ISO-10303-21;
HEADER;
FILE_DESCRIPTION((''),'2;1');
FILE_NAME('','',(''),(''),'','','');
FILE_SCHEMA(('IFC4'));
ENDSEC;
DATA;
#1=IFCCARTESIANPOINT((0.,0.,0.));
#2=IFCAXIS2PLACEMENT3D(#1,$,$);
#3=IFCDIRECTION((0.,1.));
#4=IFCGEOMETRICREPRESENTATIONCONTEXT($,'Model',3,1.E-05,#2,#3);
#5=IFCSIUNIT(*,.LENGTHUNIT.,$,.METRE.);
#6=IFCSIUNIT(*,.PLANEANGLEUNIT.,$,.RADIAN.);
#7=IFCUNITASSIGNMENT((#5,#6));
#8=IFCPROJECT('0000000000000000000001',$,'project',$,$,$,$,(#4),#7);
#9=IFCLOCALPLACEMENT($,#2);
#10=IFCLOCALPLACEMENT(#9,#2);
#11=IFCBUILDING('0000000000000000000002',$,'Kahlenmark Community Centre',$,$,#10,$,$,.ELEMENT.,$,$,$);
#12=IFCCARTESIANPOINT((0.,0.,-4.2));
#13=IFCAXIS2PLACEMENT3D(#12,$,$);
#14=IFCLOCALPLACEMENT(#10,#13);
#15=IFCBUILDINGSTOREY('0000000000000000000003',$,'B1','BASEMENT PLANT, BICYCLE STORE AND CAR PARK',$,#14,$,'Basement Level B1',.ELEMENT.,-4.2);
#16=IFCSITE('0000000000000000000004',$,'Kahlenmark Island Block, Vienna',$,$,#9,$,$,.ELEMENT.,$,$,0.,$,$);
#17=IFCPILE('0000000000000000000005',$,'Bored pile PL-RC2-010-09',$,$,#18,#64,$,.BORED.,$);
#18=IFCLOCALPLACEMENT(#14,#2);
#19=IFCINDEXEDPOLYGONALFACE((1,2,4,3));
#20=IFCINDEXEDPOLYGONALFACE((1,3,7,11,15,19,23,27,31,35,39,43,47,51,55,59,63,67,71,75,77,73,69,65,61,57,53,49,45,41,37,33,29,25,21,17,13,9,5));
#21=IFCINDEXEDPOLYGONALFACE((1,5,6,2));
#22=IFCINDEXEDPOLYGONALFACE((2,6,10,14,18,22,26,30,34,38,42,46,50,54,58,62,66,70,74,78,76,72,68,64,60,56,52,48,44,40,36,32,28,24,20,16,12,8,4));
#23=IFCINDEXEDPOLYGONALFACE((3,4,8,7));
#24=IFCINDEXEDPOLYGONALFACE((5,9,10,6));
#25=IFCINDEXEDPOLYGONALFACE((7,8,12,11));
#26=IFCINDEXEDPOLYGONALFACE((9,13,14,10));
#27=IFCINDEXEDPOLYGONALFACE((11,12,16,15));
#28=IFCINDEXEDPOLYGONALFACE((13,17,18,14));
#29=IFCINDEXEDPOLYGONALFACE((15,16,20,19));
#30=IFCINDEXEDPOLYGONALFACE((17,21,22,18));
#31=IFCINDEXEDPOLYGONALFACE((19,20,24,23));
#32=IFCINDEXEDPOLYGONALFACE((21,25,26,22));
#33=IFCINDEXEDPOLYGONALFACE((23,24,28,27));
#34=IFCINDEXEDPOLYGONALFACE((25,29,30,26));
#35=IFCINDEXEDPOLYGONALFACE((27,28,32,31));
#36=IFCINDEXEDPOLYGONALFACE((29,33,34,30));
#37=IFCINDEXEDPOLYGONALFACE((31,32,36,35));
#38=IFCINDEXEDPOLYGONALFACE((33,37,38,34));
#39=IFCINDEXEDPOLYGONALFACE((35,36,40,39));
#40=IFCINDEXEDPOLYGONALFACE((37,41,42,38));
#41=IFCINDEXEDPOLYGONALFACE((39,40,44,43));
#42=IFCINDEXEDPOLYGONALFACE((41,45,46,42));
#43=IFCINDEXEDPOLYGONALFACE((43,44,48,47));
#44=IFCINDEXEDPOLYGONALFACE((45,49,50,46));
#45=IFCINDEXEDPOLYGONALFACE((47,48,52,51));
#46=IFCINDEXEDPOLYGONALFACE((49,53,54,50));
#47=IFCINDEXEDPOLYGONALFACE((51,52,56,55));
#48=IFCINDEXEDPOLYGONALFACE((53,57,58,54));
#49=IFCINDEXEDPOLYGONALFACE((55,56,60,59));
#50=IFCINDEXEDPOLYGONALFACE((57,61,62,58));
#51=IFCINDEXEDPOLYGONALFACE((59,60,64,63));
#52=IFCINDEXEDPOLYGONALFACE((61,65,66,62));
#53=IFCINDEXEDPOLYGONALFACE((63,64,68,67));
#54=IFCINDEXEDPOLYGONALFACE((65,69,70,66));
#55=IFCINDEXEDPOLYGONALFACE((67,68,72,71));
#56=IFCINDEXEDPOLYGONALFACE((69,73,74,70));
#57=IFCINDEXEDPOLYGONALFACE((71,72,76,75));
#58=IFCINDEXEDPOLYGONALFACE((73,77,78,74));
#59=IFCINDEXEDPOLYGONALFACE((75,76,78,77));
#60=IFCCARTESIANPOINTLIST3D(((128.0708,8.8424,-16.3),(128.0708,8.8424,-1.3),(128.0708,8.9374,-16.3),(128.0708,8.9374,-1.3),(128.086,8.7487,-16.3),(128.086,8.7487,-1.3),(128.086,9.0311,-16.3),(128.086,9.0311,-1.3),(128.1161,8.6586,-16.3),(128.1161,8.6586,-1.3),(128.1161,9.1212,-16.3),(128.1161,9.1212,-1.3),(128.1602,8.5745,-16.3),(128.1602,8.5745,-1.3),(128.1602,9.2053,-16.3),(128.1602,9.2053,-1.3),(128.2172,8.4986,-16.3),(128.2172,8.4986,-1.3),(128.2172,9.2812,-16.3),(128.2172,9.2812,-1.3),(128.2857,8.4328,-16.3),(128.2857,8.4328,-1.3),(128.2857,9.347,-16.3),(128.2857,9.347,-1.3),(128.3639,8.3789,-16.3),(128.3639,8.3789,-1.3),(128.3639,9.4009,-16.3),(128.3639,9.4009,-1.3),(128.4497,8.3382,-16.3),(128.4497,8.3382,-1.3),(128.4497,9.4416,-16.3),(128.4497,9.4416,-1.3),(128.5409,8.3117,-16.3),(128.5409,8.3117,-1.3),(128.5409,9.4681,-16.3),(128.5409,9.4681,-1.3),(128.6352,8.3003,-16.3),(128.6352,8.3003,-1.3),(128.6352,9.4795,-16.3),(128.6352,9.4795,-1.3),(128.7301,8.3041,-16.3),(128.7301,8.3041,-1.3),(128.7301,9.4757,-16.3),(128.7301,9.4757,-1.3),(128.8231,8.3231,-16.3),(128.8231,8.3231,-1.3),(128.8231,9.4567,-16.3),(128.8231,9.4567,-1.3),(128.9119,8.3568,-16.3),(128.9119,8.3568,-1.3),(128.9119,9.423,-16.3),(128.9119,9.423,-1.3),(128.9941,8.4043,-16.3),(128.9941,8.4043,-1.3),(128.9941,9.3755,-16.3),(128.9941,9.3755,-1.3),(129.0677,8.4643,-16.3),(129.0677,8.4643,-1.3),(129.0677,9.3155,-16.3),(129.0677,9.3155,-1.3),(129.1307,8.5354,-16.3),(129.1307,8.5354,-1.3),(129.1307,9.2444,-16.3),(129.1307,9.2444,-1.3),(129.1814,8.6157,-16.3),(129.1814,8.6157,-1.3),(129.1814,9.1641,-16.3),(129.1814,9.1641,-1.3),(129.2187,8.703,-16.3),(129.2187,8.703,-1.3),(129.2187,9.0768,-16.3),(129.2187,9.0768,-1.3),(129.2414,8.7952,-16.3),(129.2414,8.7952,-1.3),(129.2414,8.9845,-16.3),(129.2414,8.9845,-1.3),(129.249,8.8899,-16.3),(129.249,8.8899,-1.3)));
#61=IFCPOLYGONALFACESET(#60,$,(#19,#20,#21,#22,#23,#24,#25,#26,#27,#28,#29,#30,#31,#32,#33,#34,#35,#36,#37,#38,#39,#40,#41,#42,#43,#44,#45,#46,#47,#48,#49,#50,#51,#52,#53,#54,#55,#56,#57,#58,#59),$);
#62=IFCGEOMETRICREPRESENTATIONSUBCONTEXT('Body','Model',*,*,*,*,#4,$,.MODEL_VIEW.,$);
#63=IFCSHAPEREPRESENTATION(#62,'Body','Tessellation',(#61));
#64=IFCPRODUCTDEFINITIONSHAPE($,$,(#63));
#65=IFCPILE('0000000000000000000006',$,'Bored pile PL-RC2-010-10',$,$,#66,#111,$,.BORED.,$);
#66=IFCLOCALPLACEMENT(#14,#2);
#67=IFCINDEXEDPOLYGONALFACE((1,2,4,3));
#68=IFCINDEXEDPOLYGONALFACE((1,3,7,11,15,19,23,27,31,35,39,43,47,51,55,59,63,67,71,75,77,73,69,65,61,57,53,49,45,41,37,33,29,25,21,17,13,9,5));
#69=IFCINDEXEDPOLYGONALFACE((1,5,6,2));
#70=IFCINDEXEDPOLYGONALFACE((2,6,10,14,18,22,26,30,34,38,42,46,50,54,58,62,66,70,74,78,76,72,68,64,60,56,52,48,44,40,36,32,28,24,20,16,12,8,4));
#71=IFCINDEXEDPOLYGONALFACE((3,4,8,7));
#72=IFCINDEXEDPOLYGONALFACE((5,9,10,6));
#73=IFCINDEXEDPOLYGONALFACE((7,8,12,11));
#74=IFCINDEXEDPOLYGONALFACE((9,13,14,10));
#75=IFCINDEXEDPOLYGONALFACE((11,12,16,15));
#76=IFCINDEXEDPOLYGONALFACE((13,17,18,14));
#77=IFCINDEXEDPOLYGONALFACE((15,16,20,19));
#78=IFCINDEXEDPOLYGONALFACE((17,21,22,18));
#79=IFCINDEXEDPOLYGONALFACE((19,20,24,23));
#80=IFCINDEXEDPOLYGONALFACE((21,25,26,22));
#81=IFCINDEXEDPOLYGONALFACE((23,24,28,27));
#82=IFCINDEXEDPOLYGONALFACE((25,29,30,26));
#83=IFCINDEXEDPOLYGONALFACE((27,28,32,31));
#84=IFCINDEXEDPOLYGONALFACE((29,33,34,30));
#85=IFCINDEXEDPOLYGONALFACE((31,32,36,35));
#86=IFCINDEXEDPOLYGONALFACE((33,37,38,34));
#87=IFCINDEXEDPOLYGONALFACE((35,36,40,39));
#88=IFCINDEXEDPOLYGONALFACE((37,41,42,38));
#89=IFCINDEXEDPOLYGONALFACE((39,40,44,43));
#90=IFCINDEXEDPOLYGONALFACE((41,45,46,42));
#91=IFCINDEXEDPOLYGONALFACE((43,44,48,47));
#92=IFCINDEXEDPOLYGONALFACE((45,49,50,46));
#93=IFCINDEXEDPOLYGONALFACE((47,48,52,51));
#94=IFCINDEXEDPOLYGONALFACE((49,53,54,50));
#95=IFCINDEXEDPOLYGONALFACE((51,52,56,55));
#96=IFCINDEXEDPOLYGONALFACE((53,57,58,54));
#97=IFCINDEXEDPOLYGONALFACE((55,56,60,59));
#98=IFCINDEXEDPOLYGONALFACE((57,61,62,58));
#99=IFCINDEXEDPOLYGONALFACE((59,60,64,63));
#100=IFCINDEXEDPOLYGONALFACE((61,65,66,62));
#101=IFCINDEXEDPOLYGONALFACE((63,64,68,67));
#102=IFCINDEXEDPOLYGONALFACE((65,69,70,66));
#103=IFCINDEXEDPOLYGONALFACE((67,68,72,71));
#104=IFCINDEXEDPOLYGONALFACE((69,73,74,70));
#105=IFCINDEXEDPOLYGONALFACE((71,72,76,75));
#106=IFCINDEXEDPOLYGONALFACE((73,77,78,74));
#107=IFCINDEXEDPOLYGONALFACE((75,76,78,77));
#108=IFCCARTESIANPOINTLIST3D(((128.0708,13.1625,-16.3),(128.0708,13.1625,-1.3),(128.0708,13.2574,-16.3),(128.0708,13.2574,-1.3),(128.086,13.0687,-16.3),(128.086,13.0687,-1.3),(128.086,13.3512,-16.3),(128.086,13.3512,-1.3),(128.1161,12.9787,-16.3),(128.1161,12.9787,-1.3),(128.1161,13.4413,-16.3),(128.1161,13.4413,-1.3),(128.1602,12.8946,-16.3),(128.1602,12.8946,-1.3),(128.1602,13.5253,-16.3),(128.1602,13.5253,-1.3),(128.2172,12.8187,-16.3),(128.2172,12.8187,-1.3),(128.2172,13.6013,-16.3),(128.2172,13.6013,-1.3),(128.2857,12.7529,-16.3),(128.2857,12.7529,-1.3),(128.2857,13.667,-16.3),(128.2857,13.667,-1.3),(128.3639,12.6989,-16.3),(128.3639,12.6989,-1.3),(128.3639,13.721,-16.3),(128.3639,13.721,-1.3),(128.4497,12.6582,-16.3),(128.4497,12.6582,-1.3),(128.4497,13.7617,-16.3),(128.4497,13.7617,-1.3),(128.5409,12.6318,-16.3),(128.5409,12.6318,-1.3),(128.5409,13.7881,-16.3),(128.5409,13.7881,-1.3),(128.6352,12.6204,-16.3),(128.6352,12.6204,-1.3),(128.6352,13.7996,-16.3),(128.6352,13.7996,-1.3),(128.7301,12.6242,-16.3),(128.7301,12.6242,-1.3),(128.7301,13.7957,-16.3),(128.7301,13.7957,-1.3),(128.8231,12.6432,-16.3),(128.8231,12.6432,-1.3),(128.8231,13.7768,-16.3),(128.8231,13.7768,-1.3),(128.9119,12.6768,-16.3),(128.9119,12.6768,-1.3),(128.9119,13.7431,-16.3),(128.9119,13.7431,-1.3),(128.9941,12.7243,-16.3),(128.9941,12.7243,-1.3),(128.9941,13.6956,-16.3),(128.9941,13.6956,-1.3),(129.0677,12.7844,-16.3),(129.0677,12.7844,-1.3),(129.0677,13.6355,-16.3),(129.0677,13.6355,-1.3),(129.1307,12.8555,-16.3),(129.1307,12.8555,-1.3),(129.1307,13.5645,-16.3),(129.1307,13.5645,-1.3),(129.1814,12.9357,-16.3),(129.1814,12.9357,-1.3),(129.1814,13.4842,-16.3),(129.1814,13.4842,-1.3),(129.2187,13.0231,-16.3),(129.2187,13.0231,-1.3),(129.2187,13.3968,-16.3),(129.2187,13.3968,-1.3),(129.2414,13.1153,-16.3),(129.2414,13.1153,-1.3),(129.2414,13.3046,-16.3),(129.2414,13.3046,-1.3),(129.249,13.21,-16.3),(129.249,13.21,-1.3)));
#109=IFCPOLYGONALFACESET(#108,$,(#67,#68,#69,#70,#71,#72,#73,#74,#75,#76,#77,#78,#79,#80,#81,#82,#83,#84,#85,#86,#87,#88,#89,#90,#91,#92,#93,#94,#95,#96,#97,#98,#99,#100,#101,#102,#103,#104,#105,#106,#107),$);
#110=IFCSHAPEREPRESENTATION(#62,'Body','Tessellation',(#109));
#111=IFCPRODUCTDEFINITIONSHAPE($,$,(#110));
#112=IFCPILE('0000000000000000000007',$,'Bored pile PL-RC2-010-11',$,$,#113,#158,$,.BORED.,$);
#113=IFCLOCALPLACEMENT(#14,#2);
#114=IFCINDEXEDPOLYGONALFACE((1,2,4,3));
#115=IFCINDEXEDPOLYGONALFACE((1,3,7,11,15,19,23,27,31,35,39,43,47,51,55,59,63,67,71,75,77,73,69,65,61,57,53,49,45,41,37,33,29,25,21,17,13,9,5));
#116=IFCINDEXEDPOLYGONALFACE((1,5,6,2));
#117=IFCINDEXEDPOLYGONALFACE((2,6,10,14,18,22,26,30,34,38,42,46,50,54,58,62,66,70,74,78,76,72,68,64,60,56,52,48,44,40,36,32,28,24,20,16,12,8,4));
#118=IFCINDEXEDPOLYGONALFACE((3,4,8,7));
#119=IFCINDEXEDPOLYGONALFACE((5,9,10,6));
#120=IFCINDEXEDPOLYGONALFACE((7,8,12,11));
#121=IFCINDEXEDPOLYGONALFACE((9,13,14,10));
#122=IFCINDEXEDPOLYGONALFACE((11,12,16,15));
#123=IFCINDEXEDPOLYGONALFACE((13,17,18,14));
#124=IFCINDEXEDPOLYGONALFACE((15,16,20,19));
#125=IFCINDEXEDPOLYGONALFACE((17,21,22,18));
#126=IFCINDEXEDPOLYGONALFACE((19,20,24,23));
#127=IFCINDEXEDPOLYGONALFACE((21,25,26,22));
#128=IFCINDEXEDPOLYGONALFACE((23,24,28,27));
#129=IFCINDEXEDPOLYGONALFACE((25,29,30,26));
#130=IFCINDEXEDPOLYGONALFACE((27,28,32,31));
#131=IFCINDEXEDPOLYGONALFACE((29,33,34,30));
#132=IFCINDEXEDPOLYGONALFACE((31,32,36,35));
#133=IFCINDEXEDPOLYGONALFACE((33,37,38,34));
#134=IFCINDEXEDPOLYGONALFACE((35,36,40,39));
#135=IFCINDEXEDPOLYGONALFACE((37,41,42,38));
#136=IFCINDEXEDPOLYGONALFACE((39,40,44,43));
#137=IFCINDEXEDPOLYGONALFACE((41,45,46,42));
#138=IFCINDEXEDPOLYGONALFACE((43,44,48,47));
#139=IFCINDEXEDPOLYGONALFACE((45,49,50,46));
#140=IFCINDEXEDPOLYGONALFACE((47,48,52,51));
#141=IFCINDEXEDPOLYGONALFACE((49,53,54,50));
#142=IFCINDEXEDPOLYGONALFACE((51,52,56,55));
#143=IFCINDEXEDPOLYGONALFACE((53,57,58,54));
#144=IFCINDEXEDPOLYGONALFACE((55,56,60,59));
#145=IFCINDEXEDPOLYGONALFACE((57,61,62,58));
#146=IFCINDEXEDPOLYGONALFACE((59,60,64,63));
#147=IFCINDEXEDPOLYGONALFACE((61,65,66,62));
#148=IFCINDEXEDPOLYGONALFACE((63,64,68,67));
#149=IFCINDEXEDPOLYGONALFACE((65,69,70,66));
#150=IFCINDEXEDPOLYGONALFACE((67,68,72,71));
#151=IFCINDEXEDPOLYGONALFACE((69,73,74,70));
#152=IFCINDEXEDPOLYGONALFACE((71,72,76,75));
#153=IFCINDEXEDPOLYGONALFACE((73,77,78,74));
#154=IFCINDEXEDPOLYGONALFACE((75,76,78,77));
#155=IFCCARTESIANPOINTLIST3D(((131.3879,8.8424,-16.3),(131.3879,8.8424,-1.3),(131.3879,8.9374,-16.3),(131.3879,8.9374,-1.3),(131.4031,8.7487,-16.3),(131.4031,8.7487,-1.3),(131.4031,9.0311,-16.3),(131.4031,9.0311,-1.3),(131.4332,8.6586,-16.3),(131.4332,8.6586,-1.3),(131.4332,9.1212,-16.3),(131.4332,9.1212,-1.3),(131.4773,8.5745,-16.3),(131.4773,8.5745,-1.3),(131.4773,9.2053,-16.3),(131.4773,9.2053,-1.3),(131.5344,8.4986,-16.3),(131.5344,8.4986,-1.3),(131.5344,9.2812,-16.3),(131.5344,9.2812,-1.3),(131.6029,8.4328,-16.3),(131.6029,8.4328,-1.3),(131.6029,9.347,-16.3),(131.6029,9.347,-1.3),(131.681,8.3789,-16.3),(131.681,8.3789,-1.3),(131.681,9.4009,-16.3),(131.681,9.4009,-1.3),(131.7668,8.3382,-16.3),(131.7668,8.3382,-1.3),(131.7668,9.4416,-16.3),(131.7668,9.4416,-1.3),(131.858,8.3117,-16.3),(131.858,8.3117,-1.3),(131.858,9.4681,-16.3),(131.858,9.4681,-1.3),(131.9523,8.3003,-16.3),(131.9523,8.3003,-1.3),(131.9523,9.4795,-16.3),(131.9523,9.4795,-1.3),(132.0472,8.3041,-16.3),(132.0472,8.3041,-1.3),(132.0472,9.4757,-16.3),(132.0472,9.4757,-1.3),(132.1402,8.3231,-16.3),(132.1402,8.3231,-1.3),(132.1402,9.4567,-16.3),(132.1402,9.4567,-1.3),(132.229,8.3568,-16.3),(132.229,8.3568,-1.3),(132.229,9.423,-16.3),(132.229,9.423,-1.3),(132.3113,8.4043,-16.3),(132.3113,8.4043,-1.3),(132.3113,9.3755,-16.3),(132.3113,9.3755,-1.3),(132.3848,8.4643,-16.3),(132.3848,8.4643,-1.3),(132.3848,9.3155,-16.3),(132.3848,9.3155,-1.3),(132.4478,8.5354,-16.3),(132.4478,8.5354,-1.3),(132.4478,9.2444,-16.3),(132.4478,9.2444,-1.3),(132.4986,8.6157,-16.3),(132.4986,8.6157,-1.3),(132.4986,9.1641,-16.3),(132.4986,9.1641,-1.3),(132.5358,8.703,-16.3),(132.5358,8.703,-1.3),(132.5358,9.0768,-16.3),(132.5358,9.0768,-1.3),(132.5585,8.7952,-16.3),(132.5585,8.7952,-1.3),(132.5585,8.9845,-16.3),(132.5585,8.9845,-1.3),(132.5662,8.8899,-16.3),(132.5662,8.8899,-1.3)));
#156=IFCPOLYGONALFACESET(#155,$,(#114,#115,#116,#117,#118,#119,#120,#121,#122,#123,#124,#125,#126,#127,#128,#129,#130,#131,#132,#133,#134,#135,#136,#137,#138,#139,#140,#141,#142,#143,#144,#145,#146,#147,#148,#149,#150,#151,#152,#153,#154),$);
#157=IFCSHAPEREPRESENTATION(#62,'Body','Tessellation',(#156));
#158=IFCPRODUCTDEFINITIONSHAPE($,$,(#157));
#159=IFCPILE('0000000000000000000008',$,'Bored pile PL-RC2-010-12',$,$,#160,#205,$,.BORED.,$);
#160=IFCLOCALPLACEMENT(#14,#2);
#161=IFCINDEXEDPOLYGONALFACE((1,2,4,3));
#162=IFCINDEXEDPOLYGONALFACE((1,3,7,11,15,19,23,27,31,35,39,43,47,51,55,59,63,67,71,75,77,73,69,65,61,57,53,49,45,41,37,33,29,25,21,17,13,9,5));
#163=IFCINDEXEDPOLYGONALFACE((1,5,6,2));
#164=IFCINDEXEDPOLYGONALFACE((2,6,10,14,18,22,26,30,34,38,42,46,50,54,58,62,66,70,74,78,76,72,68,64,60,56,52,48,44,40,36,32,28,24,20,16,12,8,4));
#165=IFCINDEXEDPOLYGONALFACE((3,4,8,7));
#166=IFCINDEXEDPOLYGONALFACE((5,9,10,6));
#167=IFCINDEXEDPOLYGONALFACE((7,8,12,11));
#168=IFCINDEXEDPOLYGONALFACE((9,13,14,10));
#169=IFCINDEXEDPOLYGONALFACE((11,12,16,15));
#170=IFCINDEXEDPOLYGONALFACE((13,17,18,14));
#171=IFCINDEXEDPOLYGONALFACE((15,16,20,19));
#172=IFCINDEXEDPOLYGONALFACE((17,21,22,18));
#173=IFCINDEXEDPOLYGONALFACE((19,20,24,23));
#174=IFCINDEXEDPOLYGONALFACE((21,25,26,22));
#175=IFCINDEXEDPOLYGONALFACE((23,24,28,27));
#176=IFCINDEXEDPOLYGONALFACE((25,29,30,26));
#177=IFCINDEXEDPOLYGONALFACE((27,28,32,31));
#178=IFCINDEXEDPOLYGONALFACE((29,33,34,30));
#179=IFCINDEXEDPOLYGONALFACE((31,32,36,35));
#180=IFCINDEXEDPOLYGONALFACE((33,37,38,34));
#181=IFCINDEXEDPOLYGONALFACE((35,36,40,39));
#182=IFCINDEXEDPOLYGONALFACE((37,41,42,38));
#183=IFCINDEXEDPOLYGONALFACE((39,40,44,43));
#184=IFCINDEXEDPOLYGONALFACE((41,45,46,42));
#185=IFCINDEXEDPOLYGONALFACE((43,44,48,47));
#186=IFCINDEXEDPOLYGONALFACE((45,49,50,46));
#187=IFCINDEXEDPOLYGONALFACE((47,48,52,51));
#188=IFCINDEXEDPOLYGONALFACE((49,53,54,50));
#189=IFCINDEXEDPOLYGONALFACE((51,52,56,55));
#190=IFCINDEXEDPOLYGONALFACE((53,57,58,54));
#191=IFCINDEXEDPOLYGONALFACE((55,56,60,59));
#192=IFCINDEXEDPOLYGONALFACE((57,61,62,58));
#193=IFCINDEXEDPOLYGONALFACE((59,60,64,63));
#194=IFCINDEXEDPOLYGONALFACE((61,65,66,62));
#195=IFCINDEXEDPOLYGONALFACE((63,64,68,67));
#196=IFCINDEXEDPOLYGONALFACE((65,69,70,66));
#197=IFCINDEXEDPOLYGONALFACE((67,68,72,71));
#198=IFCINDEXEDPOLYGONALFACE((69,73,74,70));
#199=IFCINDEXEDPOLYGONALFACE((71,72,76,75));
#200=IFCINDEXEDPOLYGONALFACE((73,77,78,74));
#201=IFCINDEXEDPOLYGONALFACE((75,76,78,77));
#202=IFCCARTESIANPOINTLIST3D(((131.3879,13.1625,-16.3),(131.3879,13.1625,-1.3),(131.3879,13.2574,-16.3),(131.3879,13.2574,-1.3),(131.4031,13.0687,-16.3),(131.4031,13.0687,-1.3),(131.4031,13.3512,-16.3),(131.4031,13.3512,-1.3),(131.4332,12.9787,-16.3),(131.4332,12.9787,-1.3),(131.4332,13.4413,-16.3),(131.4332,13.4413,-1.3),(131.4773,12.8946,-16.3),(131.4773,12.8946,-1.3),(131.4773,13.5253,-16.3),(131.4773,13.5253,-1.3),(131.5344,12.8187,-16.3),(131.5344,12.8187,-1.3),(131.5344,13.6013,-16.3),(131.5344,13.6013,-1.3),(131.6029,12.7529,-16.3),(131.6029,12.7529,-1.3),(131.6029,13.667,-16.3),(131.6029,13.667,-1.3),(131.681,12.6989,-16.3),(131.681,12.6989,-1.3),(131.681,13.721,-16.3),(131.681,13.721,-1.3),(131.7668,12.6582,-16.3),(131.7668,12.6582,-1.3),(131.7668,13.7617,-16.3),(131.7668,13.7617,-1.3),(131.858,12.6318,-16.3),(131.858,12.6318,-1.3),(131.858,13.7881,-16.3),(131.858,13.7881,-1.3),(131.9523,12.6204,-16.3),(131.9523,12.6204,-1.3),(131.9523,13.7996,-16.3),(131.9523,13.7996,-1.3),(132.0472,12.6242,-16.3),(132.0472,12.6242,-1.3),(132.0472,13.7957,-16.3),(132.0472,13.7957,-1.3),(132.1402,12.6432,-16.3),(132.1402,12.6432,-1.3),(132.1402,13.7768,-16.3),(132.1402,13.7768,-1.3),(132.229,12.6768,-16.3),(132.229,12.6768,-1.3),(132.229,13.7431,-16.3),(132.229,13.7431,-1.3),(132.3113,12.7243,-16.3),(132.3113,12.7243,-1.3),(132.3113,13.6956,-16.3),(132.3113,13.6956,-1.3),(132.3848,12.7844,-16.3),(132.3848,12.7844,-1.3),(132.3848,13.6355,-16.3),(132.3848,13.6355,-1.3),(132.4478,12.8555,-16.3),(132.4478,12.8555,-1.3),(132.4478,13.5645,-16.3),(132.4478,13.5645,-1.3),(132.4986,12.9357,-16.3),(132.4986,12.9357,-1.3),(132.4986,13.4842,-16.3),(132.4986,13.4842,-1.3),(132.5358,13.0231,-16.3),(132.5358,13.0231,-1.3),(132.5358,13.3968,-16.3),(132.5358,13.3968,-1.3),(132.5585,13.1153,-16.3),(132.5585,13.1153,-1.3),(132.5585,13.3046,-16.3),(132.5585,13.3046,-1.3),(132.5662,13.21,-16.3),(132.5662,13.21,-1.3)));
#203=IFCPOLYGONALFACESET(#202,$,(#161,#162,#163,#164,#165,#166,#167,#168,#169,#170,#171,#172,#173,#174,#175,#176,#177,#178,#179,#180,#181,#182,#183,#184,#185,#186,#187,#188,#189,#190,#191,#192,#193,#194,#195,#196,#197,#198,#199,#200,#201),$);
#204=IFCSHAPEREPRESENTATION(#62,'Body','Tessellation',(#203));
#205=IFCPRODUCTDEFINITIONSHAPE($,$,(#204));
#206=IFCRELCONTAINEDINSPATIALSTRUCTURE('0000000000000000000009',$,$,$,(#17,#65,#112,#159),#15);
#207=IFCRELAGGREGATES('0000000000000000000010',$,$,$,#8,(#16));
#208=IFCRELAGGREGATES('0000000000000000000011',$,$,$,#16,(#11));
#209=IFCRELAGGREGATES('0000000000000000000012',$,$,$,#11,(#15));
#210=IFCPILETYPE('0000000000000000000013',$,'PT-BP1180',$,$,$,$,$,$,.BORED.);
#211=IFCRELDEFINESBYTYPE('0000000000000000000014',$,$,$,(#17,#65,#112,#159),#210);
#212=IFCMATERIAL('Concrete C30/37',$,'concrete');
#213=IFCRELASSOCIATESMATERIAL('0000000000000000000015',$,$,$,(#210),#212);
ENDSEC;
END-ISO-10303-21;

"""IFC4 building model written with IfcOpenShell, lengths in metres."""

from ifc_helpers import new_model, si_unit, direction, frame, origin, origin_2d, place, context, subcontext, project, spatial, circle, extrude, material, material_profile, profile_set, type_object, element, save


model = new_model("IFC4")

# Units and contexts
model_context = context("Model", 3, precision=1e-05, world=origin(), true_north=direction((0.0, 1.0)))
body_context = subcontext(model_context, "Body", "Model", "MODEL_VIEW")
ifc_project = project(units=[si_unit("LENGTHUNIT", "METRE"), si_unit("PLANEANGLEUNIT", "RADIAN")], contexts=[model_context])

# Site, building, storey
site_placement = place(None, origin())
site = spatial("IfcSite", under=ifc_project, at=site_placement, Name="Kahlenmark Island Block, Vienna", CompositionType="ELEMENT", RefElevation=0.0)
building_placement = place(site_placement, origin())
building = spatial("IfcBuilding", under=site, at=building_placement, Name="Kahlenmark Community Centre", CompositionType="ELEMENT")
storey_placement = place(building_placement, frame((0.0, 0.0, -4.2)))
storey = spatial("IfcBuildingStorey", under=building, at=storey_placement, Name="B1", Description="BASEMENT PLANT, BICYCLE STORE AND CAR PARK", LongName="Basement Level B1", CompositionType="ELEMENT", Elevation=-4.2)

# Shared definitions
ifc_material_1 = material(Name="Concrete C30/37", Category="concrete")

# Piles
ifc_material_profile_1 = material_profile(ifc_material_1, circle(Radius=0.5901, at=origin_2d()), Name="BORED PILE 1180")
ifc_profile_set_1 = profile_set([ifc_material_profile_1], Name="Concrete C30/37")
pile_type_1 = type_object("IfcPileType", Name="PT-BP1180", PredefinedType="BORED", material=ifc_profile_set_1)
for number, where, z_axis, x_axis, name in (
    (1, (128.6589, 8.8899, -1.3), (0.0, 0.0, -1.0), (1.0, 0.0, 0.0), "Bored pile PL-RC2-010-09"),
    (2, (128.6589, 13.21, -1.3), (0.0, 0.0, -1.0), (1.0, 0.0, 0.0), "Bored pile PL-RC2-010-10"),
    (3, (131.9761, 8.8899, -1.3), (0.0, 0.0, -1.0), (1.0, 0.0, 0.0), "Bored pile PL-RC2-010-11"),
    (4, (131.9761, 13.21, -1.3), (0.0, 0.0, -1.0), (1.0, 0.0, 0.0), "Bored pile PL-RC2-010-12"),
):
    element("IfcPile", number, at=place(storey_placement, frame(where, z_axis=z_axis, x_axis=x_axis)), inside=storey, type_object=pile_type_1, Name=name, PredefinedType="BORED", context=body_context, shape_type="SweptSolid", body=[
        extrude(circle(Radius=0.5901, at=origin_2d()), origin(), (0.0, 0.0, 1.0), 15.0),
    ])

save(model, "model.ifc")
